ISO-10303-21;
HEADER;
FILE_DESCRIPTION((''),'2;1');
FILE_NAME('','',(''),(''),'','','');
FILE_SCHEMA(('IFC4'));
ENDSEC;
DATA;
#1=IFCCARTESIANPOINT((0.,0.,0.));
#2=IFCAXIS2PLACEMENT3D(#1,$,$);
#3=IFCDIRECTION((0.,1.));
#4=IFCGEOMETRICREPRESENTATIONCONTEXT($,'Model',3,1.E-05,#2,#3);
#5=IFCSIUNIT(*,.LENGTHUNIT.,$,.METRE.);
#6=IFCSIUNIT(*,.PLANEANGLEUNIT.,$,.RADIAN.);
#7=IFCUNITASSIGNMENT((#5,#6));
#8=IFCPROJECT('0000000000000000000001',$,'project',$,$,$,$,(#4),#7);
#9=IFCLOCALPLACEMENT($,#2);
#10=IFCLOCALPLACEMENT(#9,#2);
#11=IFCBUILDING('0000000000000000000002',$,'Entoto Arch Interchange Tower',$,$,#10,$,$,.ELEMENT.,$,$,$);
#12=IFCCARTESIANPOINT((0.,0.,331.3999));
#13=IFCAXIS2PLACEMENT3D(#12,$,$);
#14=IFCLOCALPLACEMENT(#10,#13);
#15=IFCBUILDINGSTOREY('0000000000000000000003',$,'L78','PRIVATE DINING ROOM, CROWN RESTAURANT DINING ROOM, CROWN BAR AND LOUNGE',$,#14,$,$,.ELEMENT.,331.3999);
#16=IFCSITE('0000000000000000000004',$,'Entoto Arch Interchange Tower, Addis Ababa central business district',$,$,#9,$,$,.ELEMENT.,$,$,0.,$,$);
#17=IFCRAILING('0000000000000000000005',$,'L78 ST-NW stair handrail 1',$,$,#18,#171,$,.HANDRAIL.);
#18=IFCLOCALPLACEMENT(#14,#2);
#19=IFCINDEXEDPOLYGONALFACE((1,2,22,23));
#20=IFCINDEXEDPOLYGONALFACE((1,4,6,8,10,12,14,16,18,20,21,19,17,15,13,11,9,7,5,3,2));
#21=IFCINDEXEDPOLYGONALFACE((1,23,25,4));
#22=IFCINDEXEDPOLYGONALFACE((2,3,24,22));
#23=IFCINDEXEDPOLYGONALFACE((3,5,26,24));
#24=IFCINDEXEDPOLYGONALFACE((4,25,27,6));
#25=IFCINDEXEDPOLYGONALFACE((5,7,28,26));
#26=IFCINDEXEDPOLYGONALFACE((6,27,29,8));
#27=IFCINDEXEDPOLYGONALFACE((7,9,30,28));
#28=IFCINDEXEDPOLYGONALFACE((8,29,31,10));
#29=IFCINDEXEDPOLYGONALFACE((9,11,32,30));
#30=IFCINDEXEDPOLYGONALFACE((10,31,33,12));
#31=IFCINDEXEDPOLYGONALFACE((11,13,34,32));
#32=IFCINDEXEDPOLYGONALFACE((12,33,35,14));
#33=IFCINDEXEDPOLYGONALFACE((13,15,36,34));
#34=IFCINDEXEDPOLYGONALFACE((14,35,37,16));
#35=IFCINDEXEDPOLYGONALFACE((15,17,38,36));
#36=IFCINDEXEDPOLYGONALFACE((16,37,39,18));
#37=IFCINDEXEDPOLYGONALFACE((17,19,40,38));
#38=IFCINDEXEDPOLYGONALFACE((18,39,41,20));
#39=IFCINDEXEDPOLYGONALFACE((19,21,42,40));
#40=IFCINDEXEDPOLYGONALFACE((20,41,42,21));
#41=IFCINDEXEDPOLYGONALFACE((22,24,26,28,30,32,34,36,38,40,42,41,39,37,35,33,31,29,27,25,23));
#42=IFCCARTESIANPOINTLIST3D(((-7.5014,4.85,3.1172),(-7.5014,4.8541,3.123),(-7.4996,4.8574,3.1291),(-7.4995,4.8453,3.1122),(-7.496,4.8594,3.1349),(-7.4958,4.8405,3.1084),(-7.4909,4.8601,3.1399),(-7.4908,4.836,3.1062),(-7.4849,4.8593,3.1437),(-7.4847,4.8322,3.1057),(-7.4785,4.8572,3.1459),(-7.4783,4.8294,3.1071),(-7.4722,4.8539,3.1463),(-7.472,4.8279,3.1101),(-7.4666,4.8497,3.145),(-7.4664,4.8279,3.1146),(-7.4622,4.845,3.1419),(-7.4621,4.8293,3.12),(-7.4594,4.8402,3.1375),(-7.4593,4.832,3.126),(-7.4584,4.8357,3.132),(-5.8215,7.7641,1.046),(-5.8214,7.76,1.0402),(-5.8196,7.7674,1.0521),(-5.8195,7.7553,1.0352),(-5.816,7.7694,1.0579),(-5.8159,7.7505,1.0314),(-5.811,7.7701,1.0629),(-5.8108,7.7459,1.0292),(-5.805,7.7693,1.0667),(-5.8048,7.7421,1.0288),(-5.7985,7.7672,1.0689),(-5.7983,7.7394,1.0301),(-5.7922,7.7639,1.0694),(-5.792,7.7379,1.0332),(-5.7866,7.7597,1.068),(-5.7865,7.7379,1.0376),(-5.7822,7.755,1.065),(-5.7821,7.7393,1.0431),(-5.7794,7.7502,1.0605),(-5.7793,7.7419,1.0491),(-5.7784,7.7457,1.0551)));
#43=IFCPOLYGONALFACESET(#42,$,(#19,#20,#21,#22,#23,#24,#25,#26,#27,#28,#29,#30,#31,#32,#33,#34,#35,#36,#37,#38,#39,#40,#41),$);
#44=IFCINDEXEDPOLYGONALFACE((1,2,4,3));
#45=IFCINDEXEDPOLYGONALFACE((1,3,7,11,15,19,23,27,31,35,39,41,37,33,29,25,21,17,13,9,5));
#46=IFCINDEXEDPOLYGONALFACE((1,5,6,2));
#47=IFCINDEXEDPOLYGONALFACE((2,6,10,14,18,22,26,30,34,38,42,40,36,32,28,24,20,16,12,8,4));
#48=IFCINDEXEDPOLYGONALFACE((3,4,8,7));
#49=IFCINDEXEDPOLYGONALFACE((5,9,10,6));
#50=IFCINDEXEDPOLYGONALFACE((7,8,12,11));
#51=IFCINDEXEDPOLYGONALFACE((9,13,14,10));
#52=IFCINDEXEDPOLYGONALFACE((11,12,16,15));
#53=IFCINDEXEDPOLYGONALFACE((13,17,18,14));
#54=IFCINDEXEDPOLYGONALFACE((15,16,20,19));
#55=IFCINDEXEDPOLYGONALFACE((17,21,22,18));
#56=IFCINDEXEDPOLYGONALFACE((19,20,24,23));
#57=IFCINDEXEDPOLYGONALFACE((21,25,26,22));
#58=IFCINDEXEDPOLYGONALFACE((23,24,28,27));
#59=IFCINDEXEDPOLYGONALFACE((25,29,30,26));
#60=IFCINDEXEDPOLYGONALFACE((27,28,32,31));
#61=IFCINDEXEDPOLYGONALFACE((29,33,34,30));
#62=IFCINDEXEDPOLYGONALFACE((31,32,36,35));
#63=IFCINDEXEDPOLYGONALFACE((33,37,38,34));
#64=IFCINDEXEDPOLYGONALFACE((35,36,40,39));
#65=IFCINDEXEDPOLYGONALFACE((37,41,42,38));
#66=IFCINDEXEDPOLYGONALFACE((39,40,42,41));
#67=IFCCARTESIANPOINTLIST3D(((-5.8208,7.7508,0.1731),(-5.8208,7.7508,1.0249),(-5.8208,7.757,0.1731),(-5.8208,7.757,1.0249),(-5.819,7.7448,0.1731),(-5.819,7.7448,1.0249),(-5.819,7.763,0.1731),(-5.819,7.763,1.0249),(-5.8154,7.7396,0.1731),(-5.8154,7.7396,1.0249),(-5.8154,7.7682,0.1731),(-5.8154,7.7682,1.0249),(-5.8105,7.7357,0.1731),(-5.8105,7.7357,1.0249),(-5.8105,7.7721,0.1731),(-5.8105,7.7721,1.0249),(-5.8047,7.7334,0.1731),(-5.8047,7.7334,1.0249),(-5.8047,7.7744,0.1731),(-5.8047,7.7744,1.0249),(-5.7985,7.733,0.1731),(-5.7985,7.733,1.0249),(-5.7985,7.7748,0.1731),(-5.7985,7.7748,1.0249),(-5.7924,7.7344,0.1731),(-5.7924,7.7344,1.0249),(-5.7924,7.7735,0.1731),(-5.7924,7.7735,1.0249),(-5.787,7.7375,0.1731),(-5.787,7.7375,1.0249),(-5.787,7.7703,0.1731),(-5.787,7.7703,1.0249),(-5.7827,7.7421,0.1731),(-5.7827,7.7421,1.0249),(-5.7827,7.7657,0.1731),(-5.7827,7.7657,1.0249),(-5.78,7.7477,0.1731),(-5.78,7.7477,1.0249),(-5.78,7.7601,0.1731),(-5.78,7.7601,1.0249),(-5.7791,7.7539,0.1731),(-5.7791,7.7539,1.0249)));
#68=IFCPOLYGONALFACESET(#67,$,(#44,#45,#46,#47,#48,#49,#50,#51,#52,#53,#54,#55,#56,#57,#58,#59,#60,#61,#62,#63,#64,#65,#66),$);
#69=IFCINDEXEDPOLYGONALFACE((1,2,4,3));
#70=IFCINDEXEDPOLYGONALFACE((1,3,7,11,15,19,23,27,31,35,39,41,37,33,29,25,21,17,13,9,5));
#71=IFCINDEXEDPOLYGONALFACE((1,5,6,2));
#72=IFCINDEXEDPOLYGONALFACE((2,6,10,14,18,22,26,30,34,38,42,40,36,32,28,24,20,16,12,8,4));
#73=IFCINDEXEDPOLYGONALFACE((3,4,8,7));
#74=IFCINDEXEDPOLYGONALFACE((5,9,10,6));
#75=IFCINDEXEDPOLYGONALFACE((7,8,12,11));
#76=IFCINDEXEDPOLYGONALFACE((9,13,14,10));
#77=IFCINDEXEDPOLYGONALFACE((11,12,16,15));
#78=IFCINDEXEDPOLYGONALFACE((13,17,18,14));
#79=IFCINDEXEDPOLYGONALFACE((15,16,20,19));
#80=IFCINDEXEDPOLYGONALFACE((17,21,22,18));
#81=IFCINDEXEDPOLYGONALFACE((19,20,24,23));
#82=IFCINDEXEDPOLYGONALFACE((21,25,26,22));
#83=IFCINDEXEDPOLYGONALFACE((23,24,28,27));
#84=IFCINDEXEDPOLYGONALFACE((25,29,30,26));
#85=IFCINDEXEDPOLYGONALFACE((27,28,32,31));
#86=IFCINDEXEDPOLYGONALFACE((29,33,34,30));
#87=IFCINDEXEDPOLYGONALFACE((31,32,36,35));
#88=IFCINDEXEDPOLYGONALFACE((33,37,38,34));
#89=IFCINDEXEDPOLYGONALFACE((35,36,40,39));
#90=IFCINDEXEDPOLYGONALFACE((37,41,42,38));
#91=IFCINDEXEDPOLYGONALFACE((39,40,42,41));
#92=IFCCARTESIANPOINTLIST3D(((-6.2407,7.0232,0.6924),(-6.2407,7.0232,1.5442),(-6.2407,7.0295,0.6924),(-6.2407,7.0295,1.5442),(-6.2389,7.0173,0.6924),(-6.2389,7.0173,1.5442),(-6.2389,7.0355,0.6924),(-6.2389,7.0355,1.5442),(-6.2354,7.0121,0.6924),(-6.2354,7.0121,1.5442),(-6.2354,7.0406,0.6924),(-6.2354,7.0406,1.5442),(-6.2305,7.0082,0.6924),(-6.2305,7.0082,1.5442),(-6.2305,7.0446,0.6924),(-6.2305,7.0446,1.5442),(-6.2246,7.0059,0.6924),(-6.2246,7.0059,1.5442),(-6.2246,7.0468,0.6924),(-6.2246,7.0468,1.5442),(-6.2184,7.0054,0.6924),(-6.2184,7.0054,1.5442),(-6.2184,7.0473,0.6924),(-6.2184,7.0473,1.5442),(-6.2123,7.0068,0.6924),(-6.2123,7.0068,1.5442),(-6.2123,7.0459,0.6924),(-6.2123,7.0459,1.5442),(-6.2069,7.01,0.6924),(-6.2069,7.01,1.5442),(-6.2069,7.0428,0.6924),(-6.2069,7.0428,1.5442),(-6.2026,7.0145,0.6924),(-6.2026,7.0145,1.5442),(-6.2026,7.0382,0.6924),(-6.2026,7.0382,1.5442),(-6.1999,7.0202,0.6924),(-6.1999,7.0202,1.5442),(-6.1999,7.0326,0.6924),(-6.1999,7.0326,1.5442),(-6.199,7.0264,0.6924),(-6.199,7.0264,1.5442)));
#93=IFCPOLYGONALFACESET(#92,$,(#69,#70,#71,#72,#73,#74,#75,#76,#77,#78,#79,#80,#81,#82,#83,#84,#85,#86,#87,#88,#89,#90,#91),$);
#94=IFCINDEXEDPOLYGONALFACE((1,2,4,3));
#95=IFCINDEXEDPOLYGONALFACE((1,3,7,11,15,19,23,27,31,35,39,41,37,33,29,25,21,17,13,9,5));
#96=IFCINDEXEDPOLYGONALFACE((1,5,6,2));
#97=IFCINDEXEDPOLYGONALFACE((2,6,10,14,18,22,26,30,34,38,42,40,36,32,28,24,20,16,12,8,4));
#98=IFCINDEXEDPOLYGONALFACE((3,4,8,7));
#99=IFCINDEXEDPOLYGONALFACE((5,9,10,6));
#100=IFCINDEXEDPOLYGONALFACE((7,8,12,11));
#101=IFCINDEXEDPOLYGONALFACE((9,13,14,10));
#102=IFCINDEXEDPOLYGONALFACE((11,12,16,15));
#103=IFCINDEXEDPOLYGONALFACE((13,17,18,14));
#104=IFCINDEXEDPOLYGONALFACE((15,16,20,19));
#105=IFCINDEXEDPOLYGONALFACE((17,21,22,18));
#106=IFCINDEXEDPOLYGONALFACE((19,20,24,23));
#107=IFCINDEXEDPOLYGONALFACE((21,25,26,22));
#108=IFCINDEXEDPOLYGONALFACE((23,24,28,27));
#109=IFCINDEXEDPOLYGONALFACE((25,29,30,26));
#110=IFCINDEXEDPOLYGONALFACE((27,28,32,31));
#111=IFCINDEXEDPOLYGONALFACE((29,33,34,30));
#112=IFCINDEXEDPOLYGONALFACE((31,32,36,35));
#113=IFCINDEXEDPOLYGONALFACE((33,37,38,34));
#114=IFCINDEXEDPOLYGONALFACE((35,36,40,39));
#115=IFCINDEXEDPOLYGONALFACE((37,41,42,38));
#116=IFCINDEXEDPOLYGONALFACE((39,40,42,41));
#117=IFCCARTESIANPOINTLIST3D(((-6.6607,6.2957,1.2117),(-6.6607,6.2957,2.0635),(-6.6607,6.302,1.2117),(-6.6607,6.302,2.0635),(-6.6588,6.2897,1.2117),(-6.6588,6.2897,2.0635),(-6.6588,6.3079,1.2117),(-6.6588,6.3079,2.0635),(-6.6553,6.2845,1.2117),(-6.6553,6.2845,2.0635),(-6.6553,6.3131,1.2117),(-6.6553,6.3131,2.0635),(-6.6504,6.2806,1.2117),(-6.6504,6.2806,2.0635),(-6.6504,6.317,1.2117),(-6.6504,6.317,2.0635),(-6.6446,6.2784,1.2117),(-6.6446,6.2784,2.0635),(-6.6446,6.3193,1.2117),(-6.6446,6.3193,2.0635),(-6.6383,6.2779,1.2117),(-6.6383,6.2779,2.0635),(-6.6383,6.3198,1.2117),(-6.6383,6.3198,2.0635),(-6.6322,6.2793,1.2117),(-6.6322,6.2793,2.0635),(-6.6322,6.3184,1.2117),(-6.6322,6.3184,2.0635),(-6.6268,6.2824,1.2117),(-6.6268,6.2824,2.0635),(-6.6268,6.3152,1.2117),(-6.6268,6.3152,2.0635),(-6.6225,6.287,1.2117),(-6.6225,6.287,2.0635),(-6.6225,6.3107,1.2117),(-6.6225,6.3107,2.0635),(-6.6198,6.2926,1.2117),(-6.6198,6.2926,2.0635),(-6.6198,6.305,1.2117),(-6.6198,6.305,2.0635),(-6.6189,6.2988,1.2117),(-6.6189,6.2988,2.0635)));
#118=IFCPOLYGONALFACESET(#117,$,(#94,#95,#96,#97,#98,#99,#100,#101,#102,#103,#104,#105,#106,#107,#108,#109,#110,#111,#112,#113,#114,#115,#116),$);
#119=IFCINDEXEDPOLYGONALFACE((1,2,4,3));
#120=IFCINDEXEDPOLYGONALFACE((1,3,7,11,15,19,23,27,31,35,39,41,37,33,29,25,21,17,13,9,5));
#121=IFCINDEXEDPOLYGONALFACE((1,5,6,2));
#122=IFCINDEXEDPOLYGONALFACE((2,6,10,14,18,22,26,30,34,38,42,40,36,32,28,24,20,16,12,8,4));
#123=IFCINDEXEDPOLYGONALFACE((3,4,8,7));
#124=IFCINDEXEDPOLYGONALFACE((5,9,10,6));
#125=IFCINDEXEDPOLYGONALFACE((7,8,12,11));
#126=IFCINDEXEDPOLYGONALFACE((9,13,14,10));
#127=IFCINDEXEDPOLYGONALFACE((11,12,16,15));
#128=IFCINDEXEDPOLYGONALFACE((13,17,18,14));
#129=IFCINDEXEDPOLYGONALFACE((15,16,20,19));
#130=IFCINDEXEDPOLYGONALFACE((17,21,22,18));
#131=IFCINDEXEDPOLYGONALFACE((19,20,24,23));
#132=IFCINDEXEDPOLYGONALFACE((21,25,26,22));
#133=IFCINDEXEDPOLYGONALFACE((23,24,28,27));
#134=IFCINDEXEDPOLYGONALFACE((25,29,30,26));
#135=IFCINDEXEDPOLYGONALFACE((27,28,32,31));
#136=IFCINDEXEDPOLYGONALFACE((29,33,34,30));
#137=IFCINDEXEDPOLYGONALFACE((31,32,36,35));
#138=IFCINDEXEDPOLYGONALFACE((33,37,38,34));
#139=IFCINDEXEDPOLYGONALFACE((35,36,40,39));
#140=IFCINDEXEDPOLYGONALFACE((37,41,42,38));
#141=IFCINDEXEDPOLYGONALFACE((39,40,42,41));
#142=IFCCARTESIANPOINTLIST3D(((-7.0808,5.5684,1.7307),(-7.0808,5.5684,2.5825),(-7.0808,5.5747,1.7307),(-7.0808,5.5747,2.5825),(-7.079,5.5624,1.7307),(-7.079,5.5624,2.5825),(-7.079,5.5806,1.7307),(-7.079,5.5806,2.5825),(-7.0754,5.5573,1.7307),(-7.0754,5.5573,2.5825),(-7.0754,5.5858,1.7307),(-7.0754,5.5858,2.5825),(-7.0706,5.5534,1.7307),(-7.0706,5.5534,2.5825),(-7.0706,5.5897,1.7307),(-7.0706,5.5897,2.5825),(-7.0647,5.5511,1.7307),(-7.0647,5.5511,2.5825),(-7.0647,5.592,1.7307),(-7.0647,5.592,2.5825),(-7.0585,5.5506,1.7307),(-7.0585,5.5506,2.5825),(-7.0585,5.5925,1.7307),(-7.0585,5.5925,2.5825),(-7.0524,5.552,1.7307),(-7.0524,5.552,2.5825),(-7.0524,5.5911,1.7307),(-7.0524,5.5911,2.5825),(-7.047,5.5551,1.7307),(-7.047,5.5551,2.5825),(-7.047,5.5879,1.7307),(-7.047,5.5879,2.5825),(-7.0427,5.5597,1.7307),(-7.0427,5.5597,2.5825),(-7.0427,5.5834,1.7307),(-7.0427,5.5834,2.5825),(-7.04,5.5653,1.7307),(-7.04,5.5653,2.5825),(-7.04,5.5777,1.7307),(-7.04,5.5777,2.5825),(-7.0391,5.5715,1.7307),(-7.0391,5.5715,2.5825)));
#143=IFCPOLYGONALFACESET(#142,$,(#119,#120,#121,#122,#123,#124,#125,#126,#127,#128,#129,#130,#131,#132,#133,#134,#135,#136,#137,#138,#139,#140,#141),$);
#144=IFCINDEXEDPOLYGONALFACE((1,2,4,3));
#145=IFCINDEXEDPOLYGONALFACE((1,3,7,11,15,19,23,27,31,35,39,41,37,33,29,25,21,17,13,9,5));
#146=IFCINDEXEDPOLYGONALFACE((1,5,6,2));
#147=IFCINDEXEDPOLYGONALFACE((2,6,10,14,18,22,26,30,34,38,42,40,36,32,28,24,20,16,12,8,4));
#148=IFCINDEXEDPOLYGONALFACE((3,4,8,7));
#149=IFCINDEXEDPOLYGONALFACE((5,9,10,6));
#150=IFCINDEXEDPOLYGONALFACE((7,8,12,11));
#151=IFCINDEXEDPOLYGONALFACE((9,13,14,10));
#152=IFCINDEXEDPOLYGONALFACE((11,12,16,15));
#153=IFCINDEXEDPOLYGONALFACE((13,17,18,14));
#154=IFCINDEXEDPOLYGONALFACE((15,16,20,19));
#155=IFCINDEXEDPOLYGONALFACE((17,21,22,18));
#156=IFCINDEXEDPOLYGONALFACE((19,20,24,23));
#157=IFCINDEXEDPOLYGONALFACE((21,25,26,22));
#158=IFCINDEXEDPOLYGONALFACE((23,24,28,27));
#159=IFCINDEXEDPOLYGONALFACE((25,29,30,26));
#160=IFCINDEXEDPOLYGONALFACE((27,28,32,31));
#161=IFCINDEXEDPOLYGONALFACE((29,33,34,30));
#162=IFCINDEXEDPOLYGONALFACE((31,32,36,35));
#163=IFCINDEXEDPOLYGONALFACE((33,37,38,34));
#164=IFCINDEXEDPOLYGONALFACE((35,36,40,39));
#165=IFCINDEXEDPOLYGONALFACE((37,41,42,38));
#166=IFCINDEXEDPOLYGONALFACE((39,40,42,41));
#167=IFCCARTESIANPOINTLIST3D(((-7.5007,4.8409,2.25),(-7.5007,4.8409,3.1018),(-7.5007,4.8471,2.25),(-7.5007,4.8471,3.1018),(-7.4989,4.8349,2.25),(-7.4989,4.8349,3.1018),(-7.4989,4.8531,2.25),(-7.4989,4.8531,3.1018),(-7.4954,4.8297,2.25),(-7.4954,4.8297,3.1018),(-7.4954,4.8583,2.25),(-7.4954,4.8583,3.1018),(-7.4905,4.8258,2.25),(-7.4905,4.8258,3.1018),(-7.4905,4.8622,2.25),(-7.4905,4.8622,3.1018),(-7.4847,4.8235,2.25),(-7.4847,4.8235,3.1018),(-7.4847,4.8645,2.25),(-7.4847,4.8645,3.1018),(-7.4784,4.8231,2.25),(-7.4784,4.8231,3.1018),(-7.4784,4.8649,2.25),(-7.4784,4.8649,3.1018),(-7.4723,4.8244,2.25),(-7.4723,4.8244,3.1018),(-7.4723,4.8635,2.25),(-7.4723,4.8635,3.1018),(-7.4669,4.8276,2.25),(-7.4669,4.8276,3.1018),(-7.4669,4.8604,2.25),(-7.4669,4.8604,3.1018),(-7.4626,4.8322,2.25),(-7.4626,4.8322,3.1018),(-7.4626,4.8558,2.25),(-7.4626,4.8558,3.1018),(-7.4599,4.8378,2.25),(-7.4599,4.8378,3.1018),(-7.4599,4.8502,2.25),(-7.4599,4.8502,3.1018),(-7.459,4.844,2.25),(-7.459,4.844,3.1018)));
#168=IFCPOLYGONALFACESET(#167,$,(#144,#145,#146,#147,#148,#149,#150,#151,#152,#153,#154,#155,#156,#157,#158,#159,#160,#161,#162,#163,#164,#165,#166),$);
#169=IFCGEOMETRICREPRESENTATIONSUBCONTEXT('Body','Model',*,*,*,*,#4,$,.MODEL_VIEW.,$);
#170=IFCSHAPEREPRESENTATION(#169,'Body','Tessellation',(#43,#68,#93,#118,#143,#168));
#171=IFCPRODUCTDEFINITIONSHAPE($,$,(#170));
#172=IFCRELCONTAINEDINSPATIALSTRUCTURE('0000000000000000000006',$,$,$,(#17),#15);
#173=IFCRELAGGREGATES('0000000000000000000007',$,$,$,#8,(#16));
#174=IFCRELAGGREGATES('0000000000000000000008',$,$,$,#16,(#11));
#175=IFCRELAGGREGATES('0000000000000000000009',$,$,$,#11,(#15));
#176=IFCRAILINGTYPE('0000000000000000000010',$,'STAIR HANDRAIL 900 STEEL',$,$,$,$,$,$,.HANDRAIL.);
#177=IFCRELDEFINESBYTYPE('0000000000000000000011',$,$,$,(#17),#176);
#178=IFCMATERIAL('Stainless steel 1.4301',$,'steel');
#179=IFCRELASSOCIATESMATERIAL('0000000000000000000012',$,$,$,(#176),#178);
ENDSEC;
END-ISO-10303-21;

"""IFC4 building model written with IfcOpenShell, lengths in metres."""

from ifc_helpers import new_model, si_unit, direction, frame, origin, origin_2d, place, context, subcontext, project, spatial, circle, extrude, material, type_object, element, save


model = new_model("IFC4")

# Units and contexts
model_context = context("Model", 3, precision=1e-05, world=origin(), true_north=direction((0.0, 1.0)))
body_context = subcontext(model_context, "Body", "Model", "MODEL_VIEW")
ifc_project = project(units=[si_unit("LENGTHUNIT", "METRE"), si_unit("PLANEANGLEUNIT", "RADIAN")], contexts=[model_context])

# Site, building, storey
site_placement = place(None, origin())
site = spatial("IfcSite", under=ifc_project, at=site_placement, Name="Entoto Arch Interchange Tower, Addis Ababa central business district", CompositionType="ELEMENT", RefElevation=0.0)
building_placement = place(site_placement, origin())
building = spatial("IfcBuilding", under=site, at=building_placement, Name="Entoto Arch Interchange Tower", CompositionType="ELEMENT")
storey_placement = place(building_placement, frame((0.0, 0.0, 331.3999)))
storey = spatial("IfcBuildingStorey", under=building, at=storey_placement, Name="L78", Description="PRIVATE DINING ROOM, CROWN RESTAURANT DINING ROOM, CROWN BAR AND LOUNGE", CompositionType="ELEMENT", Elevation=331.3999)

# Railing
ifc_material_1 = material(Name="Stainless steel 1.4301", Category="steel")
railing_type = type_object("IfcRailingType", Name="STAIR HANDRAIL 900 STEEL", PredefinedType="HANDRAIL", material=ifc_material_1)
railing_placement = place(storey_placement, frame((-5.8, 7.7539, 0.1731)))
element("IfcRailing", 1, at=railing_placement, inside=storey, type_object=railing_type, Name="L78 ST-NW stair handrail 1", PredefinedType="HANDRAIL", context=body_context, shape_type="SweptSolid", body=[
    extrude(circle(Radius=0.0239, at=origin_2d()), frame((0.0, 0.0, 0.876), z_axis=(-0.425288, -0.736668, 0.525785), x_axis=(0.866039, -0.499976, 0.0)), (0.0, 0.0, 1.0), 3.9502),
    extrude(circle(Radius=0.021, at=origin_2d()), origin(), (0.0, 0.0, 1.0), 0.8518),
    extrude(circle(Radius=0.021, at=origin_2d()), frame((-0.4199, -0.7275, 0.5193)), (0.0, 0.0, 1.0), 0.8518),
    extrude(circle(Radius=0.021, at=origin_2d()), frame((-0.8398, -1.4551, 1.0386)), (0.0, 0.0, 1.0), 0.8518),
    extrude(circle(Radius=0.021, at=origin_2d()), frame((-1.26, -2.1824, 1.5576)), (0.0, 0.0, 1.0), 0.8518),
    extrude(circle(Radius=0.021, at=origin_2d()), frame((-1.6799, -2.9099, 2.0769)), (0.0, 0.0, 1.0), 0.8518),
])

save(model, "model.ifc")
